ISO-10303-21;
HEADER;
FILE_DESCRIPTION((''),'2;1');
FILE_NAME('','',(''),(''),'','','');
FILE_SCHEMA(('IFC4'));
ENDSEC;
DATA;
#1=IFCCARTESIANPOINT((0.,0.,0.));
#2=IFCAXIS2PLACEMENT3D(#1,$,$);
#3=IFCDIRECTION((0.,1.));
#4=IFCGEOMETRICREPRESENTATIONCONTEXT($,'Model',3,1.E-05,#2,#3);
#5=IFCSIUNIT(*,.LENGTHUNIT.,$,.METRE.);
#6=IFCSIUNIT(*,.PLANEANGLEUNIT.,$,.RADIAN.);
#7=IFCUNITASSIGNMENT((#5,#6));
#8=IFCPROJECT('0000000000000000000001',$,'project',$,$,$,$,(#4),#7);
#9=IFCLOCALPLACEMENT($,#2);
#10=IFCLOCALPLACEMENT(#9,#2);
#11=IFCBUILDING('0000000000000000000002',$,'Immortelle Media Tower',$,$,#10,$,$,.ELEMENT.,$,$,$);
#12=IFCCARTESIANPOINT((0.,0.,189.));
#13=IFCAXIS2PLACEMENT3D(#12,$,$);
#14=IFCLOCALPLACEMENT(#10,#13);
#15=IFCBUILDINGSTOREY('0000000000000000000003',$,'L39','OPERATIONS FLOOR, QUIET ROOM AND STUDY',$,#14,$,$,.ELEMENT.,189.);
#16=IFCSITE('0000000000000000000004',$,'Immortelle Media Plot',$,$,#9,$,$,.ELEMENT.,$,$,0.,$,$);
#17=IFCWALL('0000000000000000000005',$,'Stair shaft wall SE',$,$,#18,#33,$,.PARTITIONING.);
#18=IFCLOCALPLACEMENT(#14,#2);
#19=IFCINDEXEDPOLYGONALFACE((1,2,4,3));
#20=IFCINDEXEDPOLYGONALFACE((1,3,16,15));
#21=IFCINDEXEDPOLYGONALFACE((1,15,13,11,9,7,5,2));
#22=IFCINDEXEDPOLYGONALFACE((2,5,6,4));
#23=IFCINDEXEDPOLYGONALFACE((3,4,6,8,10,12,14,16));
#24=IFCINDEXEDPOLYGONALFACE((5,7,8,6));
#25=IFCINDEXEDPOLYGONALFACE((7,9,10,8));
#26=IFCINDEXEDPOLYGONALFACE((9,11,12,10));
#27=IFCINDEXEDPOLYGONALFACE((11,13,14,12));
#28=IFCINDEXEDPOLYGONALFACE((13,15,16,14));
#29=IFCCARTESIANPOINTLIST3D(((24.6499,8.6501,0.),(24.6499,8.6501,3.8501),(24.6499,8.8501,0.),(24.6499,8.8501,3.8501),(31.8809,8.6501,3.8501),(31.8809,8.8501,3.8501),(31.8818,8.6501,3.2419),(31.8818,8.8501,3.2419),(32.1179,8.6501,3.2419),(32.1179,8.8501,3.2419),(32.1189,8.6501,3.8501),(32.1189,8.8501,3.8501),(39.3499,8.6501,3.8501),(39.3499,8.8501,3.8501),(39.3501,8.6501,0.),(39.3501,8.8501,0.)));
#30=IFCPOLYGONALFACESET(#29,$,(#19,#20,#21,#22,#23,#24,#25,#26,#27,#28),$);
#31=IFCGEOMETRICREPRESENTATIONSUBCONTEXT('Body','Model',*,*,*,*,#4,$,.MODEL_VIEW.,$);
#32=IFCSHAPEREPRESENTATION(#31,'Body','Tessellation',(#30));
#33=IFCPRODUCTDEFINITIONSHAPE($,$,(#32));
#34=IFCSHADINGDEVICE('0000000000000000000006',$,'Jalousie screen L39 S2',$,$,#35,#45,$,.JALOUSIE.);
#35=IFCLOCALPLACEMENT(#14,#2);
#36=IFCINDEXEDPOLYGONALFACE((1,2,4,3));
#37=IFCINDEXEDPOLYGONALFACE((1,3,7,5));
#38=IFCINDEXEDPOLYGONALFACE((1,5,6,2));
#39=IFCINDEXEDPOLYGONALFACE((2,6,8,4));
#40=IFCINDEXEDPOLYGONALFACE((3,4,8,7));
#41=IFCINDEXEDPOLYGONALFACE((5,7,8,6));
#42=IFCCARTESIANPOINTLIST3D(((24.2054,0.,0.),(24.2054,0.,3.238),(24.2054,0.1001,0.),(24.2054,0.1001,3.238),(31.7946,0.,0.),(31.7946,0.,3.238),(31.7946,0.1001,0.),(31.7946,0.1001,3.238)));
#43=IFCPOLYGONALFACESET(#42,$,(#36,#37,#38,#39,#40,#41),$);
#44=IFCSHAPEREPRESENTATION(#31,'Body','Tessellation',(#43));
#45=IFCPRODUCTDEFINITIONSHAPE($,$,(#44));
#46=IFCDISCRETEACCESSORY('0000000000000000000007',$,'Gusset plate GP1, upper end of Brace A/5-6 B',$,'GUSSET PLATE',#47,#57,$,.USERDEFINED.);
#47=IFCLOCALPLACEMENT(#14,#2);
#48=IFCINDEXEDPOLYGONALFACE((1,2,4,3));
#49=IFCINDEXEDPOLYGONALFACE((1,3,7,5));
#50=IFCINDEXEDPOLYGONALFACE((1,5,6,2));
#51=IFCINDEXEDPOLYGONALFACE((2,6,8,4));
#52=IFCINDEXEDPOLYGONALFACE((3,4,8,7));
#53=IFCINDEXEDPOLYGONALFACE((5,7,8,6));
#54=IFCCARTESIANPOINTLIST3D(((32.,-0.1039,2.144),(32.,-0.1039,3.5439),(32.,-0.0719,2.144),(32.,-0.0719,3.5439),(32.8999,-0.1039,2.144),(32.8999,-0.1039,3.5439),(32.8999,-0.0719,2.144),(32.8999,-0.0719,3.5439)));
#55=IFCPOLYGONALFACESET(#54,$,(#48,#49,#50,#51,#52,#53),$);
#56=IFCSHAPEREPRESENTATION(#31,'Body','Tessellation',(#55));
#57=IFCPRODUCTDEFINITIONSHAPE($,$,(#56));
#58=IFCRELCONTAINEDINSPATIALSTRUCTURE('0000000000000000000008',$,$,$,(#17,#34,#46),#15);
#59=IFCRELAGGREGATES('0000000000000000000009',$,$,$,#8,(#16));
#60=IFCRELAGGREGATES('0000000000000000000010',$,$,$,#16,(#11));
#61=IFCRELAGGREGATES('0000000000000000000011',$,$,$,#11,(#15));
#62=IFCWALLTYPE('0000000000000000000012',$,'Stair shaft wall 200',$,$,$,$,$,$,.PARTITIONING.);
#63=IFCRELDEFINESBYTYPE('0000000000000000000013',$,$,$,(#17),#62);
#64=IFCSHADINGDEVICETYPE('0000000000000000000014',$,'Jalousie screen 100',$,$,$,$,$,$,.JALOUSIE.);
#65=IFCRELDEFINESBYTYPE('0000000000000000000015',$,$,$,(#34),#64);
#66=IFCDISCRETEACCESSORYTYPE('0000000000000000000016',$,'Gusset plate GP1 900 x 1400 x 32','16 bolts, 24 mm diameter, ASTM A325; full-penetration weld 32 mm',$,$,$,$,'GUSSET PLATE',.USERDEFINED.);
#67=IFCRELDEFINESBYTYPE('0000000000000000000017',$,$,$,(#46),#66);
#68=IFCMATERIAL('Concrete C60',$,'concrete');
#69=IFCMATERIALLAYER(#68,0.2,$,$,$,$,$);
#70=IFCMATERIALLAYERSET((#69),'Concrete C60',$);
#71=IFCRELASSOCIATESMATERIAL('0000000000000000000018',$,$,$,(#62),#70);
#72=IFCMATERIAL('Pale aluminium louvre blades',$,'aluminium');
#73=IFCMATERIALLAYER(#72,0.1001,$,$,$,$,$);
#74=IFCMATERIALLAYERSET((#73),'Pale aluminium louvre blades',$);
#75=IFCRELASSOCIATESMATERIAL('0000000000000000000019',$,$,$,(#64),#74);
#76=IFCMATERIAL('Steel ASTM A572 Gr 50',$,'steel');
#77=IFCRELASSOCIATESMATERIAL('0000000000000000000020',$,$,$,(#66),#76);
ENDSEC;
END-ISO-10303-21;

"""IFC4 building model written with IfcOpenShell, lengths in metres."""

from ifc_helpers import new_model, si_unit, direction, frame, origin, origin_2d, place, context, subcontext, project, spatial, polyline, rectangle, outline, extrude, material, layer, layer_set, material_profile, profile_set, type_object, element, save


model = new_model("IFC4")

# Units and contexts
model_context = context("Model", 3, precision=1e-05, world=origin(), true_north=direction((0.0, 1.0)))
body_context = subcontext(model_context, "Body", "Model", "MODEL_VIEW")
ifc_project = project(units=[si_unit("LENGTHUNIT", "METRE"), si_unit("PLANEANGLEUNIT", "RADIAN")], contexts=[model_context])

# Site, building, storey
site_placement = place(None, origin())
site = spatial("IfcSite", under=ifc_project, at=site_placement, Name="Immortelle Media Plot", CompositionType="ELEMENT", RefElevation=0.0)
building_placement = place(site_placement, origin())
building = spatial("IfcBuilding", under=site, at=building_placement, Name="Immortelle Media Tower", CompositionType="ELEMENT")
storey_placement = place(building_placement, frame((0.0, 0.0, 189.0)))
storey = spatial("IfcBuildingStorey", under=building, at=storey_placement, Name="L39", Description="OPERATIONS FLOOR, QUIET ROOM AND STUDY", CompositionType="ELEMENT", Elevation=189.0)

# Wall
ifc_material_1 = material(Name="Concrete C60", Category="concrete")
ifc_layer_1 = layer(ifc_material_1, 0.2)
ifc_layer_set_1 = layer_set([ifc_layer_1], Name="Concrete C60")
wall_type_1 = type_object("IfcWallType", Name="Stair shaft wall 200", PredefinedType="PARTITIONING", material=ifc_layer_set_1)
wall_1_placement = place(storey_placement, frame((24.6499, 8.75, 0.0), z_axis=(0.0, 0.0, 1.0), x_axis=(1.0, 0.0, 0.0)))
element("IfcWall", 1, at=wall_1_placement, inside=storey, type_object=wall_type_1, Name="Stair shaft wall SE", PredefinedType="PARTITIONING", context=body_context, shape_type="SweptSolid", body=[
    extrude(outline(polyline([(0.0, 0.0), (14.7002, 0.0), (14.7, 3.8501), (7.469, 3.8501), (7.468, 3.2419), (7.2319, 3.2419), (7.231, 3.8501), (0.0, 3.8501), (0.0, 0.0)])), frame((0.0, 0.1001, 0.0), z_axis=(0.0, -1.0, 0.0), x_axis=(1.0, 0.0, 0.0)), (0.0, 0.0, 1.0), 0.2),
])

# Shading device
ifc_material_2 = material(Name="Pale aluminium louvre blades", Category="aluminium")
ifc_layer_2 = layer(ifc_material_2, 0.1001)
ifc_layer_set_2 = layer_set([ifc_layer_2], Name="Pale aluminium louvre blades")
shading_device_type = type_object("IfcShadingDeviceType", Name="Jalousie screen 100", PredefinedType="JALOUSIE", material=ifc_layer_set_2)
shading_device_placement = place(storey_placement, frame((28.0, 0.05, 0.0), z_axis=(0.0, 0.0, 1.0), x_axis=(1.0, 0.0, 0.0)))
element("IfcShadingDevice", 2, at=shading_device_placement, inside=storey, type_object=shading_device_type, Name="Jalousie screen L39 S2", PredefinedType="JALOUSIE", context=body_context, shape_type="SweptSolid", body=[
    extrude(rectangle(XDim=7.5891, YDim=0.1001, at=origin_2d()), origin(), (0.0, 0.0, 1.0), 3.238),
])

# Discrete accessory
ifc_material_3 = material(Name="Steel ASTM A572 Gr 50", Category="steel")
ifc_material_profile_1 = material_profile(ifc_material_3, rectangle(XDim=0.032, YDim=1.3999, at=origin_2d()), Name="PL 32 x 1400")
ifc_profile_set_1 = profile_set([ifc_material_profile_1], Name="Steel ASTM A572 Gr 50")
discrete_accessory_type = type_object("IfcDiscreteAccessoryType", Name="Gusset plate GP1 900 x 1400 x 32", Description="16 bolts, 24 mm diameter, ASTM A325; full-penetration weld 32 mm", ElementType="GUSSET PLATE", PredefinedType="USERDEFINED", material=ifc_profile_set_1)
discrete_accessory_placement = place(storey_placement, frame((32.0, -0.0879, 2.844), z_axis=(1.0, 0.0, 0.0), x_axis=(0.0, 1.0, 0.0)))
element("IfcDiscreteAccessory", 3, at=discrete_accessory_placement, inside=storey, type_object=discrete_accessory_type, Name="Gusset plate GP1, upper end of Brace A/5-6 B", ObjectType="GUSSET PLATE", PredefinedType="USERDEFINED", context=body_context, shape_type="SweptSolid", body=[
    extrude(rectangle(XDim=0.032, YDim=1.3999, at=origin_2d()), origin(), (0.0, 0.0, 1.0), 0.8999),
])

save(model, "model.ifc")
